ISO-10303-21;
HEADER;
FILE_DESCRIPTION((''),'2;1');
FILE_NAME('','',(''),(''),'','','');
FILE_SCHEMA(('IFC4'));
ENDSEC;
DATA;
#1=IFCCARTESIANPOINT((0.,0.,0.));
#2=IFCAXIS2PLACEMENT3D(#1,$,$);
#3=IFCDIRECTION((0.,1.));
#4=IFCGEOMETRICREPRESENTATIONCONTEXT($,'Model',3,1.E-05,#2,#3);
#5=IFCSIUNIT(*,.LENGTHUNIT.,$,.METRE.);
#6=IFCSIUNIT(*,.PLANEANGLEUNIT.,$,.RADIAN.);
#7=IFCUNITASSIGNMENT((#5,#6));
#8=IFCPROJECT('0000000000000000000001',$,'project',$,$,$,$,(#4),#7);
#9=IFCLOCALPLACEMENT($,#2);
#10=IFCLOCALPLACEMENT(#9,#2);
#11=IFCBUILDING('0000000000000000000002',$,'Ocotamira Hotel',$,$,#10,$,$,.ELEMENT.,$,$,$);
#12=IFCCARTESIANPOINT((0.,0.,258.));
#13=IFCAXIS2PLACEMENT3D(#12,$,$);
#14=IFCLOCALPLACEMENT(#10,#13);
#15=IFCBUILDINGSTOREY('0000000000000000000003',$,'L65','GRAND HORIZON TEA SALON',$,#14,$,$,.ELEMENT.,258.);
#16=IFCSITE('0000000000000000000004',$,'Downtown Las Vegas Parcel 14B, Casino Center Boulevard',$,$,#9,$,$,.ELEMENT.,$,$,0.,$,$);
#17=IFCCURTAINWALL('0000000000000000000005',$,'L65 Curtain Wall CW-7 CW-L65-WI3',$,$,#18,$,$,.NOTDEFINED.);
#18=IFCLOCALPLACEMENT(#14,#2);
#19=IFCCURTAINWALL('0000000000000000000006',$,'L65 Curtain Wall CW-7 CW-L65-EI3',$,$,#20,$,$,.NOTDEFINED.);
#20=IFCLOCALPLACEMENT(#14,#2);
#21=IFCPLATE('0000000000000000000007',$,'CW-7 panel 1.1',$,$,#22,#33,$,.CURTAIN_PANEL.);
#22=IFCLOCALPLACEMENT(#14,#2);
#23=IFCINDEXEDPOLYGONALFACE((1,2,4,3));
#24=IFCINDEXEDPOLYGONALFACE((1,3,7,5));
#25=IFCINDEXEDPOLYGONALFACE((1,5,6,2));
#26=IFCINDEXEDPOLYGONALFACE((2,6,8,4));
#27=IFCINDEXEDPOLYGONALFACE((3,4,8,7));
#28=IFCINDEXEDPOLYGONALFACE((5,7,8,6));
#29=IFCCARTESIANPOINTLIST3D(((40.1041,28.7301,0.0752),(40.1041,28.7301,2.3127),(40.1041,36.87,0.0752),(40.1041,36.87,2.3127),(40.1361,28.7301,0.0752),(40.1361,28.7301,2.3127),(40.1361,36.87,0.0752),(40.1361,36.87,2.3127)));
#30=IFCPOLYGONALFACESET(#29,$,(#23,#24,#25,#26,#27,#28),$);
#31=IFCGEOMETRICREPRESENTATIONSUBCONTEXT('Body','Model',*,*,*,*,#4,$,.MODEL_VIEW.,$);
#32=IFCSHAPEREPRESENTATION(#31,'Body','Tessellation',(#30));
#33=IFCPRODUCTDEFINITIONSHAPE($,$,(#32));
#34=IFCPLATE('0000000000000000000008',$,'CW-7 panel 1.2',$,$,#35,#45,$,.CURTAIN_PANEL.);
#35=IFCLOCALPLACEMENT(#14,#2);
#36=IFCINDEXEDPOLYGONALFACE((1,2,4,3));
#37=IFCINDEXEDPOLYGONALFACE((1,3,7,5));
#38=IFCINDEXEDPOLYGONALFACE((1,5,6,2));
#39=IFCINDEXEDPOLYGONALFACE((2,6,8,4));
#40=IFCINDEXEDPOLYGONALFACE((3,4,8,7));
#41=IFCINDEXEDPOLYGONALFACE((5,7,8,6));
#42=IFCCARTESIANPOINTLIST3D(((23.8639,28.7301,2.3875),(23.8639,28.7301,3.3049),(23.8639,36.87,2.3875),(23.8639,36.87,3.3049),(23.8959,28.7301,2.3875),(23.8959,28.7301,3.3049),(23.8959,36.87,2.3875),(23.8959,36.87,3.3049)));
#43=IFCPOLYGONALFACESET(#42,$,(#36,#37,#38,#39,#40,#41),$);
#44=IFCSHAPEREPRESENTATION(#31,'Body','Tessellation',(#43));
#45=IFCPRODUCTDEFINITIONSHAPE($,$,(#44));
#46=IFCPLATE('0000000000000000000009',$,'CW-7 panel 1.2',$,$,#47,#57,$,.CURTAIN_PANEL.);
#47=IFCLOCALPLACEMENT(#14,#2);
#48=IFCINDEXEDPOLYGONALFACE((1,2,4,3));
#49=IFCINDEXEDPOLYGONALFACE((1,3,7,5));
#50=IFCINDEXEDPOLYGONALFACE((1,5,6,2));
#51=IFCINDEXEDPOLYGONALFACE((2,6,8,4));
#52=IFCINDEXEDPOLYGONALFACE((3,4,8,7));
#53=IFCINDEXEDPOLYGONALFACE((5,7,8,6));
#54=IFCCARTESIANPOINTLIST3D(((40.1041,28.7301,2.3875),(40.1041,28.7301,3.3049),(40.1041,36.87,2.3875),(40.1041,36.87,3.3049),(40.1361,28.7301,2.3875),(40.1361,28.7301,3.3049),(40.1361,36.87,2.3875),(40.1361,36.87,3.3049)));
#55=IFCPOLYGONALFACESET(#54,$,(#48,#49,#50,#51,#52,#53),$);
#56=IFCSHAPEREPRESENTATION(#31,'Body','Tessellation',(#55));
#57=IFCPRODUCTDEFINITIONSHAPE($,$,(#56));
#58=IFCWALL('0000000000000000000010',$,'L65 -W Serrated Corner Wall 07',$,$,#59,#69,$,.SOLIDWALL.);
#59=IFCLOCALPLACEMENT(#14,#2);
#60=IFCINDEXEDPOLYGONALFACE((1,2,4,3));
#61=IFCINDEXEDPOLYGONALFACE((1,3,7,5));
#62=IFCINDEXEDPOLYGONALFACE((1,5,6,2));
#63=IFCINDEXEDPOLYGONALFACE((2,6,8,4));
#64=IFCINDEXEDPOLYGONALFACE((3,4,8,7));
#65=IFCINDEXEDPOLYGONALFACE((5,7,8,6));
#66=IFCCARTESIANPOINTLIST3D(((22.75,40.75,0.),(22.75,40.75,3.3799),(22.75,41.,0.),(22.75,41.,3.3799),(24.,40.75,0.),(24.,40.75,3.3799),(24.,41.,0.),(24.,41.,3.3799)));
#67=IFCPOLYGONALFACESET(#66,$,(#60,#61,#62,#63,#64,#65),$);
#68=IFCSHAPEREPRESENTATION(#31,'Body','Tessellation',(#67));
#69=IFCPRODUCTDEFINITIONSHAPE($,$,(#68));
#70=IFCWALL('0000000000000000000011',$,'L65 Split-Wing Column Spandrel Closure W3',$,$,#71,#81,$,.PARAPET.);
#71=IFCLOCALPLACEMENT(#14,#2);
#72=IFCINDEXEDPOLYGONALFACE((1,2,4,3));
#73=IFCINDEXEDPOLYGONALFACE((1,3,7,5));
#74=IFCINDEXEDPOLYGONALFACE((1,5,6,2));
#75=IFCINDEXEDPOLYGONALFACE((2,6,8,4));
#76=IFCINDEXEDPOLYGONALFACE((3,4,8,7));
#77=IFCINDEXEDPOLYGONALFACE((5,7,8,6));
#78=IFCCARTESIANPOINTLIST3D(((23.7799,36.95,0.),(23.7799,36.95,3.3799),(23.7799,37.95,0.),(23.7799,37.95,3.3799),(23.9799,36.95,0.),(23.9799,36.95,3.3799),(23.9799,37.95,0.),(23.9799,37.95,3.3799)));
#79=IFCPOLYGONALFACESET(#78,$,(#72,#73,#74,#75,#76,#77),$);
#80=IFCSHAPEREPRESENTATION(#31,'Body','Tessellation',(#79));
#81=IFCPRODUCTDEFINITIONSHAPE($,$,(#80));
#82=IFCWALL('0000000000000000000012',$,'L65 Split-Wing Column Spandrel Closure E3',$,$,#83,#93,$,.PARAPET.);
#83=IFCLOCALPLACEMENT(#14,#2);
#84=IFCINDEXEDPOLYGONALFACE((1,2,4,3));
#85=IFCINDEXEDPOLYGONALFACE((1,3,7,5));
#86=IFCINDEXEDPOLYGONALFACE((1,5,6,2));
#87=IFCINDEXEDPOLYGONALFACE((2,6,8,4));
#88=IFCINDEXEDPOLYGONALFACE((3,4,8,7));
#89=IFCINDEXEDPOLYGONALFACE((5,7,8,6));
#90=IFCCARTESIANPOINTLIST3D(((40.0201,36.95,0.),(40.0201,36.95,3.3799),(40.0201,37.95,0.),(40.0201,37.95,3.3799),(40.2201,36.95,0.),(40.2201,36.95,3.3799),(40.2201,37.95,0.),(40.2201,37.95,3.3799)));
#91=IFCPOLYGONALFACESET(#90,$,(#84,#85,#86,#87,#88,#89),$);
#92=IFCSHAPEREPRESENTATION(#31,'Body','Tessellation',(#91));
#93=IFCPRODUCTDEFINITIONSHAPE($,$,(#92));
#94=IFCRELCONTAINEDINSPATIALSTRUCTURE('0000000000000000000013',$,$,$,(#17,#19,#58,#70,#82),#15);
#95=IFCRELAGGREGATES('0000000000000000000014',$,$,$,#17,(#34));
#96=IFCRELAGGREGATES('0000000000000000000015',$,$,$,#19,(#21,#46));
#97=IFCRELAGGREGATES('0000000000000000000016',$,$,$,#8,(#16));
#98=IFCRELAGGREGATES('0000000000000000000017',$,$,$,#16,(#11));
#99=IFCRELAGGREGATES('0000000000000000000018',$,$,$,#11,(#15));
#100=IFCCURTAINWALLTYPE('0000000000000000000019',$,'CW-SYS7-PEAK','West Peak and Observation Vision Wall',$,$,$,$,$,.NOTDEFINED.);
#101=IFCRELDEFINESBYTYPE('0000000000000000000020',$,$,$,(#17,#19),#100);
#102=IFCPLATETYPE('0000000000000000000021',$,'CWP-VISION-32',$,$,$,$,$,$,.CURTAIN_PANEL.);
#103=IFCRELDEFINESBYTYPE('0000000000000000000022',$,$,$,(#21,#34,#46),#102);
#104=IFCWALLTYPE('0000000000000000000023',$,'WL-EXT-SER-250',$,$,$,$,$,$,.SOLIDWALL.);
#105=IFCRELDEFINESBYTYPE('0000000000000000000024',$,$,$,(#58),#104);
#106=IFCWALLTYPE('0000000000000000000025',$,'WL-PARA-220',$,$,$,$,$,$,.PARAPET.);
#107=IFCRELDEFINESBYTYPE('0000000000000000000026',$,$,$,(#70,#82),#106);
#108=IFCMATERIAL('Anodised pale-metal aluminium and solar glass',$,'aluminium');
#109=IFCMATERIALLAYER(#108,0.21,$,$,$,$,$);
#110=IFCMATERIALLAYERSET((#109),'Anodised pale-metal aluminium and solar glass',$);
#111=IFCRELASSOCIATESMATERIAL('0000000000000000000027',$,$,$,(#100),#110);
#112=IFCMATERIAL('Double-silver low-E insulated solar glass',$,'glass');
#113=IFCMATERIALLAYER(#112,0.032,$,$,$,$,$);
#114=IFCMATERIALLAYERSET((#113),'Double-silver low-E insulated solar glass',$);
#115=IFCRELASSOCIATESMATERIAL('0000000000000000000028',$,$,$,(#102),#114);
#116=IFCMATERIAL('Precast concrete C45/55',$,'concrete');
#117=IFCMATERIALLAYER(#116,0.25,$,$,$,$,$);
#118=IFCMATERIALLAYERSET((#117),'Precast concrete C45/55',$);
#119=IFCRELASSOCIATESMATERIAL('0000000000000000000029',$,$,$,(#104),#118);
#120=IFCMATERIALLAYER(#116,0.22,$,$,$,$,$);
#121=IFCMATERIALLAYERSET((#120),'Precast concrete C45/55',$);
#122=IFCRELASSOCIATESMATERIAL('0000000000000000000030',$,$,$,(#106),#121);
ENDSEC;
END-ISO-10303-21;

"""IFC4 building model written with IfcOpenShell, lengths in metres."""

from ifc_helpers import new_model, si_unit, direction, frame, frame_2d, origin, origin_2d, place, context, subcontext, project, spatial, rectangle, extrude, source, transform, mapped, material, layer, layer_set, type_object, element, aggregate, save


model = new_model("IFC4")

# Units and contexts
model_context = context("Model", 3, precision=1e-05, world=origin(), true_north=direction((0.0, 1.0)))
body_context = subcontext(model_context, "Body", "Model", "MODEL_VIEW")
ifc_project = project(units=[si_unit("LENGTHUNIT", "METRE"), si_unit("PLANEANGLEUNIT", "RADIAN")], contexts=[model_context])

# Site, building, storey
site_placement = place(None, origin())
site = spatial("IfcSite", under=ifc_project, at=site_placement, Name="Downtown Las Vegas Parcel 14B, Casino Center Boulevard", CompositionType="ELEMENT", RefElevation=0.0)
building_placement = place(site_placement, origin())
building = spatial("IfcBuilding", under=site, at=building_placement, Name="Ocotamira Hotel", CompositionType="ELEMENT")
storey_placement = place(building_placement, frame((0.0, 0.0, 258.0)))
storey = spatial("IfcBuildingStorey", under=building, at=storey_placement, Name="L65", Description="GRAND HORIZON TEA SALON", CompositionType="ELEMENT", Elevation=258.0)

# Curtain walls
ifc_material_1 = material(Name="Anodised pale-metal aluminium and solar glass", Category="aluminium")
ifc_layer_1 = layer(ifc_material_1, 0.21)
ifc_layer_set_1 = layer_set([ifc_layer_1], Name="Anodised pale-metal aluminium and solar glass")
curtain_wall_type = type_object("IfcCurtainWallType", Name="CW-SYS7-PEAK", Description="West Peak and Observation Vision Wall", PredefinedType="NOTDEFINED", material=ifc_layer_set_1)
curtain_wall_1_placement = place(storey_placement, origin())
curtain_wall_1 = element("IfcCurtainWall", 1, at=curtain_wall_1_placement, inside=storey, type_object=curtain_wall_type, Name="L65 Curtain Wall CW-7 CW-L65-WI3", PredefinedType="NOTDEFINED")
curtain_wall_2_placement = place(storey_placement, origin())
curtain_wall_2 = element("IfcCurtainWall", 2, at=curtain_wall_2_placement, inside=storey, type_object=curtain_wall_type, Name="L65 Curtain Wall CW-7 CW-L65-EI3", PredefinedType="NOTDEFINED")

# Plates
ifc_material_2 = material(Name="Double-silver low-E insulated solar glass", Category="glass")
ifc_layer_2 = layer(ifc_material_2, 0.032)
ifc_layer_set_2 = layer_set([ifc_layer_2], Name="Double-silver low-E insulated solar glass")
plate_type = type_object("IfcPlateType", Name="CWP-VISION-32", PredefinedType="CURTAIN_PANEL", material=ifc_layer_set_2)
shared_shape_1 = source(origin(), body_context, "Body", "SweptSolid", [
    extrude(rectangle(XDim=8.1399, YDim=0.032, at=origin_2d()), origin(), (0.0, 0.0, 1.0), 2.2375),
])
plate_1_placement = place(storey_placement, frame((40.1201, 32.8, 0.0752), z_axis=(0.0, 0.0, 1.0), x_axis=(0.0, 1.0, 0.0)))
plate_1 = element("IfcPlate", 3, at=plate_1_placement, type_object=plate_type, Name="CW-7 panel 1.1", PredefinedType="CURTAIN_PANEL", context=body_context, shape_type="MappedRepresentation", body=[
    mapped(shared_shape_1, transform((0.0, 0.0, 0.0), scale=1.0)),
])
shared_shape_2 = source(origin(), body_context, "Body", "SweptSolid", [
    extrude(rectangle(XDim=8.1399, YDim=0.032, at=origin_2d()), origin(), (0.0, 0.0, 1.0), 0.9175),
])
plate_2_placement = place(storey_placement, frame((23.8799, 32.8, 2.3875), z_axis=(0.0, 0.0, 1.0), x_axis=(0.0, 1.0, 0.0)))
plate_2 = element("IfcPlate", 4, at=plate_2_placement, type_object=plate_type, Name="CW-7 panel 1.2", PredefinedType="CURTAIN_PANEL", context=body_context, shape_type="MappedRepresentation", body=[
    mapped(shared_shape_2, transform((0.0, 0.0, 0.0), scale=1.0)),
])
aggregate(curtain_wall_1, [plate_2])
plate_3_placement = place(storey_placement, frame((40.1201, 32.8, 2.3875), z_axis=(0.0, 0.0, 1.0), x_axis=(0.0, 1.0, 0.0)))
plate_3 = element("IfcPlate", 5, at=plate_3_placement, type_object=plate_type, Name="CW-7 panel 1.2", PredefinedType="CURTAIN_PANEL", context=body_context, shape_type="MappedRepresentation", body=[
    mapped(shared_shape_2, transform((0.0, 0.0, 0.0), scale=1.0)),
])
aggregate(curtain_wall_2, [plate_1, plate_3])

# Walls
ifc_material_3 = material(Name="Precast concrete C45/55", Category="concrete")
ifc_layer_3 = layer(ifc_material_3, 0.25)
ifc_layer_set_3 = layer_set([ifc_layer_3], Name="Precast concrete C45/55")
wall_type_1 = type_object("IfcWallType", Name="WL-EXT-SER-250", PredefinedType="SOLIDWALL", material=ifc_layer_set_3)
wall_placement = place(storey_placement, frame((24.0, 40.875, 0.0), z_axis=(0.0, 0.0, 1.0), x_axis=(-1.0, 0.0, 0.0)))
element("IfcWall", 6, at=wall_placement, inside=storey, type_object=wall_type_1, Name="L65 -W Serrated Corner Wall 07", PredefinedType="SOLIDWALL", context=body_context, shape_type="SweptSolid", body=[
    extrude(rectangle(XDim=1.25, YDim=0.25, at=frame_2d((0.625, 0.0))), origin(), (0.0, 0.0, 1.0), 3.3799),
])
ifc_layer_4 = layer(ifc_material_3, 0.22)
ifc_layer_set_4 = layer_set([ifc_layer_4], Name="Precast concrete C45/55")
wall_type_2 = type_object("IfcWallType", Name="WL-PARA-220", PredefinedType="PARAPET", material=ifc_layer_set_4)
for number, where, z_axis, x_axis, name in (
    (7, (23.8799, 36.95, 0.0), (0.0, 0.0, 1.0), (0.0, 1.0, 0.0), "L65 Split-Wing Column Spandrel Closure W3"),
    (8, (40.1201, 36.95, 0.0), (0.0, 0.0, 1.0), (0.0, 1.0, 0.0), "L65 Split-Wing Column Spandrel Closure E3"),
):
    element("IfcWall", number, at=place(storey_placement, frame(where, z_axis=z_axis, x_axis=x_axis)), inside=storey, type_object=wall_type_2, Name=name, PredefinedType="PARAPET", context=body_context, shape_type="SweptSolid", body=[
        extrude(rectangle(XDim=1.0, YDim=0.2, at=frame_2d((0.5, 0.0))), origin(), (0.0, 0.0, 1.0), 3.3799),
    ])

save(model, "model.ifc")
